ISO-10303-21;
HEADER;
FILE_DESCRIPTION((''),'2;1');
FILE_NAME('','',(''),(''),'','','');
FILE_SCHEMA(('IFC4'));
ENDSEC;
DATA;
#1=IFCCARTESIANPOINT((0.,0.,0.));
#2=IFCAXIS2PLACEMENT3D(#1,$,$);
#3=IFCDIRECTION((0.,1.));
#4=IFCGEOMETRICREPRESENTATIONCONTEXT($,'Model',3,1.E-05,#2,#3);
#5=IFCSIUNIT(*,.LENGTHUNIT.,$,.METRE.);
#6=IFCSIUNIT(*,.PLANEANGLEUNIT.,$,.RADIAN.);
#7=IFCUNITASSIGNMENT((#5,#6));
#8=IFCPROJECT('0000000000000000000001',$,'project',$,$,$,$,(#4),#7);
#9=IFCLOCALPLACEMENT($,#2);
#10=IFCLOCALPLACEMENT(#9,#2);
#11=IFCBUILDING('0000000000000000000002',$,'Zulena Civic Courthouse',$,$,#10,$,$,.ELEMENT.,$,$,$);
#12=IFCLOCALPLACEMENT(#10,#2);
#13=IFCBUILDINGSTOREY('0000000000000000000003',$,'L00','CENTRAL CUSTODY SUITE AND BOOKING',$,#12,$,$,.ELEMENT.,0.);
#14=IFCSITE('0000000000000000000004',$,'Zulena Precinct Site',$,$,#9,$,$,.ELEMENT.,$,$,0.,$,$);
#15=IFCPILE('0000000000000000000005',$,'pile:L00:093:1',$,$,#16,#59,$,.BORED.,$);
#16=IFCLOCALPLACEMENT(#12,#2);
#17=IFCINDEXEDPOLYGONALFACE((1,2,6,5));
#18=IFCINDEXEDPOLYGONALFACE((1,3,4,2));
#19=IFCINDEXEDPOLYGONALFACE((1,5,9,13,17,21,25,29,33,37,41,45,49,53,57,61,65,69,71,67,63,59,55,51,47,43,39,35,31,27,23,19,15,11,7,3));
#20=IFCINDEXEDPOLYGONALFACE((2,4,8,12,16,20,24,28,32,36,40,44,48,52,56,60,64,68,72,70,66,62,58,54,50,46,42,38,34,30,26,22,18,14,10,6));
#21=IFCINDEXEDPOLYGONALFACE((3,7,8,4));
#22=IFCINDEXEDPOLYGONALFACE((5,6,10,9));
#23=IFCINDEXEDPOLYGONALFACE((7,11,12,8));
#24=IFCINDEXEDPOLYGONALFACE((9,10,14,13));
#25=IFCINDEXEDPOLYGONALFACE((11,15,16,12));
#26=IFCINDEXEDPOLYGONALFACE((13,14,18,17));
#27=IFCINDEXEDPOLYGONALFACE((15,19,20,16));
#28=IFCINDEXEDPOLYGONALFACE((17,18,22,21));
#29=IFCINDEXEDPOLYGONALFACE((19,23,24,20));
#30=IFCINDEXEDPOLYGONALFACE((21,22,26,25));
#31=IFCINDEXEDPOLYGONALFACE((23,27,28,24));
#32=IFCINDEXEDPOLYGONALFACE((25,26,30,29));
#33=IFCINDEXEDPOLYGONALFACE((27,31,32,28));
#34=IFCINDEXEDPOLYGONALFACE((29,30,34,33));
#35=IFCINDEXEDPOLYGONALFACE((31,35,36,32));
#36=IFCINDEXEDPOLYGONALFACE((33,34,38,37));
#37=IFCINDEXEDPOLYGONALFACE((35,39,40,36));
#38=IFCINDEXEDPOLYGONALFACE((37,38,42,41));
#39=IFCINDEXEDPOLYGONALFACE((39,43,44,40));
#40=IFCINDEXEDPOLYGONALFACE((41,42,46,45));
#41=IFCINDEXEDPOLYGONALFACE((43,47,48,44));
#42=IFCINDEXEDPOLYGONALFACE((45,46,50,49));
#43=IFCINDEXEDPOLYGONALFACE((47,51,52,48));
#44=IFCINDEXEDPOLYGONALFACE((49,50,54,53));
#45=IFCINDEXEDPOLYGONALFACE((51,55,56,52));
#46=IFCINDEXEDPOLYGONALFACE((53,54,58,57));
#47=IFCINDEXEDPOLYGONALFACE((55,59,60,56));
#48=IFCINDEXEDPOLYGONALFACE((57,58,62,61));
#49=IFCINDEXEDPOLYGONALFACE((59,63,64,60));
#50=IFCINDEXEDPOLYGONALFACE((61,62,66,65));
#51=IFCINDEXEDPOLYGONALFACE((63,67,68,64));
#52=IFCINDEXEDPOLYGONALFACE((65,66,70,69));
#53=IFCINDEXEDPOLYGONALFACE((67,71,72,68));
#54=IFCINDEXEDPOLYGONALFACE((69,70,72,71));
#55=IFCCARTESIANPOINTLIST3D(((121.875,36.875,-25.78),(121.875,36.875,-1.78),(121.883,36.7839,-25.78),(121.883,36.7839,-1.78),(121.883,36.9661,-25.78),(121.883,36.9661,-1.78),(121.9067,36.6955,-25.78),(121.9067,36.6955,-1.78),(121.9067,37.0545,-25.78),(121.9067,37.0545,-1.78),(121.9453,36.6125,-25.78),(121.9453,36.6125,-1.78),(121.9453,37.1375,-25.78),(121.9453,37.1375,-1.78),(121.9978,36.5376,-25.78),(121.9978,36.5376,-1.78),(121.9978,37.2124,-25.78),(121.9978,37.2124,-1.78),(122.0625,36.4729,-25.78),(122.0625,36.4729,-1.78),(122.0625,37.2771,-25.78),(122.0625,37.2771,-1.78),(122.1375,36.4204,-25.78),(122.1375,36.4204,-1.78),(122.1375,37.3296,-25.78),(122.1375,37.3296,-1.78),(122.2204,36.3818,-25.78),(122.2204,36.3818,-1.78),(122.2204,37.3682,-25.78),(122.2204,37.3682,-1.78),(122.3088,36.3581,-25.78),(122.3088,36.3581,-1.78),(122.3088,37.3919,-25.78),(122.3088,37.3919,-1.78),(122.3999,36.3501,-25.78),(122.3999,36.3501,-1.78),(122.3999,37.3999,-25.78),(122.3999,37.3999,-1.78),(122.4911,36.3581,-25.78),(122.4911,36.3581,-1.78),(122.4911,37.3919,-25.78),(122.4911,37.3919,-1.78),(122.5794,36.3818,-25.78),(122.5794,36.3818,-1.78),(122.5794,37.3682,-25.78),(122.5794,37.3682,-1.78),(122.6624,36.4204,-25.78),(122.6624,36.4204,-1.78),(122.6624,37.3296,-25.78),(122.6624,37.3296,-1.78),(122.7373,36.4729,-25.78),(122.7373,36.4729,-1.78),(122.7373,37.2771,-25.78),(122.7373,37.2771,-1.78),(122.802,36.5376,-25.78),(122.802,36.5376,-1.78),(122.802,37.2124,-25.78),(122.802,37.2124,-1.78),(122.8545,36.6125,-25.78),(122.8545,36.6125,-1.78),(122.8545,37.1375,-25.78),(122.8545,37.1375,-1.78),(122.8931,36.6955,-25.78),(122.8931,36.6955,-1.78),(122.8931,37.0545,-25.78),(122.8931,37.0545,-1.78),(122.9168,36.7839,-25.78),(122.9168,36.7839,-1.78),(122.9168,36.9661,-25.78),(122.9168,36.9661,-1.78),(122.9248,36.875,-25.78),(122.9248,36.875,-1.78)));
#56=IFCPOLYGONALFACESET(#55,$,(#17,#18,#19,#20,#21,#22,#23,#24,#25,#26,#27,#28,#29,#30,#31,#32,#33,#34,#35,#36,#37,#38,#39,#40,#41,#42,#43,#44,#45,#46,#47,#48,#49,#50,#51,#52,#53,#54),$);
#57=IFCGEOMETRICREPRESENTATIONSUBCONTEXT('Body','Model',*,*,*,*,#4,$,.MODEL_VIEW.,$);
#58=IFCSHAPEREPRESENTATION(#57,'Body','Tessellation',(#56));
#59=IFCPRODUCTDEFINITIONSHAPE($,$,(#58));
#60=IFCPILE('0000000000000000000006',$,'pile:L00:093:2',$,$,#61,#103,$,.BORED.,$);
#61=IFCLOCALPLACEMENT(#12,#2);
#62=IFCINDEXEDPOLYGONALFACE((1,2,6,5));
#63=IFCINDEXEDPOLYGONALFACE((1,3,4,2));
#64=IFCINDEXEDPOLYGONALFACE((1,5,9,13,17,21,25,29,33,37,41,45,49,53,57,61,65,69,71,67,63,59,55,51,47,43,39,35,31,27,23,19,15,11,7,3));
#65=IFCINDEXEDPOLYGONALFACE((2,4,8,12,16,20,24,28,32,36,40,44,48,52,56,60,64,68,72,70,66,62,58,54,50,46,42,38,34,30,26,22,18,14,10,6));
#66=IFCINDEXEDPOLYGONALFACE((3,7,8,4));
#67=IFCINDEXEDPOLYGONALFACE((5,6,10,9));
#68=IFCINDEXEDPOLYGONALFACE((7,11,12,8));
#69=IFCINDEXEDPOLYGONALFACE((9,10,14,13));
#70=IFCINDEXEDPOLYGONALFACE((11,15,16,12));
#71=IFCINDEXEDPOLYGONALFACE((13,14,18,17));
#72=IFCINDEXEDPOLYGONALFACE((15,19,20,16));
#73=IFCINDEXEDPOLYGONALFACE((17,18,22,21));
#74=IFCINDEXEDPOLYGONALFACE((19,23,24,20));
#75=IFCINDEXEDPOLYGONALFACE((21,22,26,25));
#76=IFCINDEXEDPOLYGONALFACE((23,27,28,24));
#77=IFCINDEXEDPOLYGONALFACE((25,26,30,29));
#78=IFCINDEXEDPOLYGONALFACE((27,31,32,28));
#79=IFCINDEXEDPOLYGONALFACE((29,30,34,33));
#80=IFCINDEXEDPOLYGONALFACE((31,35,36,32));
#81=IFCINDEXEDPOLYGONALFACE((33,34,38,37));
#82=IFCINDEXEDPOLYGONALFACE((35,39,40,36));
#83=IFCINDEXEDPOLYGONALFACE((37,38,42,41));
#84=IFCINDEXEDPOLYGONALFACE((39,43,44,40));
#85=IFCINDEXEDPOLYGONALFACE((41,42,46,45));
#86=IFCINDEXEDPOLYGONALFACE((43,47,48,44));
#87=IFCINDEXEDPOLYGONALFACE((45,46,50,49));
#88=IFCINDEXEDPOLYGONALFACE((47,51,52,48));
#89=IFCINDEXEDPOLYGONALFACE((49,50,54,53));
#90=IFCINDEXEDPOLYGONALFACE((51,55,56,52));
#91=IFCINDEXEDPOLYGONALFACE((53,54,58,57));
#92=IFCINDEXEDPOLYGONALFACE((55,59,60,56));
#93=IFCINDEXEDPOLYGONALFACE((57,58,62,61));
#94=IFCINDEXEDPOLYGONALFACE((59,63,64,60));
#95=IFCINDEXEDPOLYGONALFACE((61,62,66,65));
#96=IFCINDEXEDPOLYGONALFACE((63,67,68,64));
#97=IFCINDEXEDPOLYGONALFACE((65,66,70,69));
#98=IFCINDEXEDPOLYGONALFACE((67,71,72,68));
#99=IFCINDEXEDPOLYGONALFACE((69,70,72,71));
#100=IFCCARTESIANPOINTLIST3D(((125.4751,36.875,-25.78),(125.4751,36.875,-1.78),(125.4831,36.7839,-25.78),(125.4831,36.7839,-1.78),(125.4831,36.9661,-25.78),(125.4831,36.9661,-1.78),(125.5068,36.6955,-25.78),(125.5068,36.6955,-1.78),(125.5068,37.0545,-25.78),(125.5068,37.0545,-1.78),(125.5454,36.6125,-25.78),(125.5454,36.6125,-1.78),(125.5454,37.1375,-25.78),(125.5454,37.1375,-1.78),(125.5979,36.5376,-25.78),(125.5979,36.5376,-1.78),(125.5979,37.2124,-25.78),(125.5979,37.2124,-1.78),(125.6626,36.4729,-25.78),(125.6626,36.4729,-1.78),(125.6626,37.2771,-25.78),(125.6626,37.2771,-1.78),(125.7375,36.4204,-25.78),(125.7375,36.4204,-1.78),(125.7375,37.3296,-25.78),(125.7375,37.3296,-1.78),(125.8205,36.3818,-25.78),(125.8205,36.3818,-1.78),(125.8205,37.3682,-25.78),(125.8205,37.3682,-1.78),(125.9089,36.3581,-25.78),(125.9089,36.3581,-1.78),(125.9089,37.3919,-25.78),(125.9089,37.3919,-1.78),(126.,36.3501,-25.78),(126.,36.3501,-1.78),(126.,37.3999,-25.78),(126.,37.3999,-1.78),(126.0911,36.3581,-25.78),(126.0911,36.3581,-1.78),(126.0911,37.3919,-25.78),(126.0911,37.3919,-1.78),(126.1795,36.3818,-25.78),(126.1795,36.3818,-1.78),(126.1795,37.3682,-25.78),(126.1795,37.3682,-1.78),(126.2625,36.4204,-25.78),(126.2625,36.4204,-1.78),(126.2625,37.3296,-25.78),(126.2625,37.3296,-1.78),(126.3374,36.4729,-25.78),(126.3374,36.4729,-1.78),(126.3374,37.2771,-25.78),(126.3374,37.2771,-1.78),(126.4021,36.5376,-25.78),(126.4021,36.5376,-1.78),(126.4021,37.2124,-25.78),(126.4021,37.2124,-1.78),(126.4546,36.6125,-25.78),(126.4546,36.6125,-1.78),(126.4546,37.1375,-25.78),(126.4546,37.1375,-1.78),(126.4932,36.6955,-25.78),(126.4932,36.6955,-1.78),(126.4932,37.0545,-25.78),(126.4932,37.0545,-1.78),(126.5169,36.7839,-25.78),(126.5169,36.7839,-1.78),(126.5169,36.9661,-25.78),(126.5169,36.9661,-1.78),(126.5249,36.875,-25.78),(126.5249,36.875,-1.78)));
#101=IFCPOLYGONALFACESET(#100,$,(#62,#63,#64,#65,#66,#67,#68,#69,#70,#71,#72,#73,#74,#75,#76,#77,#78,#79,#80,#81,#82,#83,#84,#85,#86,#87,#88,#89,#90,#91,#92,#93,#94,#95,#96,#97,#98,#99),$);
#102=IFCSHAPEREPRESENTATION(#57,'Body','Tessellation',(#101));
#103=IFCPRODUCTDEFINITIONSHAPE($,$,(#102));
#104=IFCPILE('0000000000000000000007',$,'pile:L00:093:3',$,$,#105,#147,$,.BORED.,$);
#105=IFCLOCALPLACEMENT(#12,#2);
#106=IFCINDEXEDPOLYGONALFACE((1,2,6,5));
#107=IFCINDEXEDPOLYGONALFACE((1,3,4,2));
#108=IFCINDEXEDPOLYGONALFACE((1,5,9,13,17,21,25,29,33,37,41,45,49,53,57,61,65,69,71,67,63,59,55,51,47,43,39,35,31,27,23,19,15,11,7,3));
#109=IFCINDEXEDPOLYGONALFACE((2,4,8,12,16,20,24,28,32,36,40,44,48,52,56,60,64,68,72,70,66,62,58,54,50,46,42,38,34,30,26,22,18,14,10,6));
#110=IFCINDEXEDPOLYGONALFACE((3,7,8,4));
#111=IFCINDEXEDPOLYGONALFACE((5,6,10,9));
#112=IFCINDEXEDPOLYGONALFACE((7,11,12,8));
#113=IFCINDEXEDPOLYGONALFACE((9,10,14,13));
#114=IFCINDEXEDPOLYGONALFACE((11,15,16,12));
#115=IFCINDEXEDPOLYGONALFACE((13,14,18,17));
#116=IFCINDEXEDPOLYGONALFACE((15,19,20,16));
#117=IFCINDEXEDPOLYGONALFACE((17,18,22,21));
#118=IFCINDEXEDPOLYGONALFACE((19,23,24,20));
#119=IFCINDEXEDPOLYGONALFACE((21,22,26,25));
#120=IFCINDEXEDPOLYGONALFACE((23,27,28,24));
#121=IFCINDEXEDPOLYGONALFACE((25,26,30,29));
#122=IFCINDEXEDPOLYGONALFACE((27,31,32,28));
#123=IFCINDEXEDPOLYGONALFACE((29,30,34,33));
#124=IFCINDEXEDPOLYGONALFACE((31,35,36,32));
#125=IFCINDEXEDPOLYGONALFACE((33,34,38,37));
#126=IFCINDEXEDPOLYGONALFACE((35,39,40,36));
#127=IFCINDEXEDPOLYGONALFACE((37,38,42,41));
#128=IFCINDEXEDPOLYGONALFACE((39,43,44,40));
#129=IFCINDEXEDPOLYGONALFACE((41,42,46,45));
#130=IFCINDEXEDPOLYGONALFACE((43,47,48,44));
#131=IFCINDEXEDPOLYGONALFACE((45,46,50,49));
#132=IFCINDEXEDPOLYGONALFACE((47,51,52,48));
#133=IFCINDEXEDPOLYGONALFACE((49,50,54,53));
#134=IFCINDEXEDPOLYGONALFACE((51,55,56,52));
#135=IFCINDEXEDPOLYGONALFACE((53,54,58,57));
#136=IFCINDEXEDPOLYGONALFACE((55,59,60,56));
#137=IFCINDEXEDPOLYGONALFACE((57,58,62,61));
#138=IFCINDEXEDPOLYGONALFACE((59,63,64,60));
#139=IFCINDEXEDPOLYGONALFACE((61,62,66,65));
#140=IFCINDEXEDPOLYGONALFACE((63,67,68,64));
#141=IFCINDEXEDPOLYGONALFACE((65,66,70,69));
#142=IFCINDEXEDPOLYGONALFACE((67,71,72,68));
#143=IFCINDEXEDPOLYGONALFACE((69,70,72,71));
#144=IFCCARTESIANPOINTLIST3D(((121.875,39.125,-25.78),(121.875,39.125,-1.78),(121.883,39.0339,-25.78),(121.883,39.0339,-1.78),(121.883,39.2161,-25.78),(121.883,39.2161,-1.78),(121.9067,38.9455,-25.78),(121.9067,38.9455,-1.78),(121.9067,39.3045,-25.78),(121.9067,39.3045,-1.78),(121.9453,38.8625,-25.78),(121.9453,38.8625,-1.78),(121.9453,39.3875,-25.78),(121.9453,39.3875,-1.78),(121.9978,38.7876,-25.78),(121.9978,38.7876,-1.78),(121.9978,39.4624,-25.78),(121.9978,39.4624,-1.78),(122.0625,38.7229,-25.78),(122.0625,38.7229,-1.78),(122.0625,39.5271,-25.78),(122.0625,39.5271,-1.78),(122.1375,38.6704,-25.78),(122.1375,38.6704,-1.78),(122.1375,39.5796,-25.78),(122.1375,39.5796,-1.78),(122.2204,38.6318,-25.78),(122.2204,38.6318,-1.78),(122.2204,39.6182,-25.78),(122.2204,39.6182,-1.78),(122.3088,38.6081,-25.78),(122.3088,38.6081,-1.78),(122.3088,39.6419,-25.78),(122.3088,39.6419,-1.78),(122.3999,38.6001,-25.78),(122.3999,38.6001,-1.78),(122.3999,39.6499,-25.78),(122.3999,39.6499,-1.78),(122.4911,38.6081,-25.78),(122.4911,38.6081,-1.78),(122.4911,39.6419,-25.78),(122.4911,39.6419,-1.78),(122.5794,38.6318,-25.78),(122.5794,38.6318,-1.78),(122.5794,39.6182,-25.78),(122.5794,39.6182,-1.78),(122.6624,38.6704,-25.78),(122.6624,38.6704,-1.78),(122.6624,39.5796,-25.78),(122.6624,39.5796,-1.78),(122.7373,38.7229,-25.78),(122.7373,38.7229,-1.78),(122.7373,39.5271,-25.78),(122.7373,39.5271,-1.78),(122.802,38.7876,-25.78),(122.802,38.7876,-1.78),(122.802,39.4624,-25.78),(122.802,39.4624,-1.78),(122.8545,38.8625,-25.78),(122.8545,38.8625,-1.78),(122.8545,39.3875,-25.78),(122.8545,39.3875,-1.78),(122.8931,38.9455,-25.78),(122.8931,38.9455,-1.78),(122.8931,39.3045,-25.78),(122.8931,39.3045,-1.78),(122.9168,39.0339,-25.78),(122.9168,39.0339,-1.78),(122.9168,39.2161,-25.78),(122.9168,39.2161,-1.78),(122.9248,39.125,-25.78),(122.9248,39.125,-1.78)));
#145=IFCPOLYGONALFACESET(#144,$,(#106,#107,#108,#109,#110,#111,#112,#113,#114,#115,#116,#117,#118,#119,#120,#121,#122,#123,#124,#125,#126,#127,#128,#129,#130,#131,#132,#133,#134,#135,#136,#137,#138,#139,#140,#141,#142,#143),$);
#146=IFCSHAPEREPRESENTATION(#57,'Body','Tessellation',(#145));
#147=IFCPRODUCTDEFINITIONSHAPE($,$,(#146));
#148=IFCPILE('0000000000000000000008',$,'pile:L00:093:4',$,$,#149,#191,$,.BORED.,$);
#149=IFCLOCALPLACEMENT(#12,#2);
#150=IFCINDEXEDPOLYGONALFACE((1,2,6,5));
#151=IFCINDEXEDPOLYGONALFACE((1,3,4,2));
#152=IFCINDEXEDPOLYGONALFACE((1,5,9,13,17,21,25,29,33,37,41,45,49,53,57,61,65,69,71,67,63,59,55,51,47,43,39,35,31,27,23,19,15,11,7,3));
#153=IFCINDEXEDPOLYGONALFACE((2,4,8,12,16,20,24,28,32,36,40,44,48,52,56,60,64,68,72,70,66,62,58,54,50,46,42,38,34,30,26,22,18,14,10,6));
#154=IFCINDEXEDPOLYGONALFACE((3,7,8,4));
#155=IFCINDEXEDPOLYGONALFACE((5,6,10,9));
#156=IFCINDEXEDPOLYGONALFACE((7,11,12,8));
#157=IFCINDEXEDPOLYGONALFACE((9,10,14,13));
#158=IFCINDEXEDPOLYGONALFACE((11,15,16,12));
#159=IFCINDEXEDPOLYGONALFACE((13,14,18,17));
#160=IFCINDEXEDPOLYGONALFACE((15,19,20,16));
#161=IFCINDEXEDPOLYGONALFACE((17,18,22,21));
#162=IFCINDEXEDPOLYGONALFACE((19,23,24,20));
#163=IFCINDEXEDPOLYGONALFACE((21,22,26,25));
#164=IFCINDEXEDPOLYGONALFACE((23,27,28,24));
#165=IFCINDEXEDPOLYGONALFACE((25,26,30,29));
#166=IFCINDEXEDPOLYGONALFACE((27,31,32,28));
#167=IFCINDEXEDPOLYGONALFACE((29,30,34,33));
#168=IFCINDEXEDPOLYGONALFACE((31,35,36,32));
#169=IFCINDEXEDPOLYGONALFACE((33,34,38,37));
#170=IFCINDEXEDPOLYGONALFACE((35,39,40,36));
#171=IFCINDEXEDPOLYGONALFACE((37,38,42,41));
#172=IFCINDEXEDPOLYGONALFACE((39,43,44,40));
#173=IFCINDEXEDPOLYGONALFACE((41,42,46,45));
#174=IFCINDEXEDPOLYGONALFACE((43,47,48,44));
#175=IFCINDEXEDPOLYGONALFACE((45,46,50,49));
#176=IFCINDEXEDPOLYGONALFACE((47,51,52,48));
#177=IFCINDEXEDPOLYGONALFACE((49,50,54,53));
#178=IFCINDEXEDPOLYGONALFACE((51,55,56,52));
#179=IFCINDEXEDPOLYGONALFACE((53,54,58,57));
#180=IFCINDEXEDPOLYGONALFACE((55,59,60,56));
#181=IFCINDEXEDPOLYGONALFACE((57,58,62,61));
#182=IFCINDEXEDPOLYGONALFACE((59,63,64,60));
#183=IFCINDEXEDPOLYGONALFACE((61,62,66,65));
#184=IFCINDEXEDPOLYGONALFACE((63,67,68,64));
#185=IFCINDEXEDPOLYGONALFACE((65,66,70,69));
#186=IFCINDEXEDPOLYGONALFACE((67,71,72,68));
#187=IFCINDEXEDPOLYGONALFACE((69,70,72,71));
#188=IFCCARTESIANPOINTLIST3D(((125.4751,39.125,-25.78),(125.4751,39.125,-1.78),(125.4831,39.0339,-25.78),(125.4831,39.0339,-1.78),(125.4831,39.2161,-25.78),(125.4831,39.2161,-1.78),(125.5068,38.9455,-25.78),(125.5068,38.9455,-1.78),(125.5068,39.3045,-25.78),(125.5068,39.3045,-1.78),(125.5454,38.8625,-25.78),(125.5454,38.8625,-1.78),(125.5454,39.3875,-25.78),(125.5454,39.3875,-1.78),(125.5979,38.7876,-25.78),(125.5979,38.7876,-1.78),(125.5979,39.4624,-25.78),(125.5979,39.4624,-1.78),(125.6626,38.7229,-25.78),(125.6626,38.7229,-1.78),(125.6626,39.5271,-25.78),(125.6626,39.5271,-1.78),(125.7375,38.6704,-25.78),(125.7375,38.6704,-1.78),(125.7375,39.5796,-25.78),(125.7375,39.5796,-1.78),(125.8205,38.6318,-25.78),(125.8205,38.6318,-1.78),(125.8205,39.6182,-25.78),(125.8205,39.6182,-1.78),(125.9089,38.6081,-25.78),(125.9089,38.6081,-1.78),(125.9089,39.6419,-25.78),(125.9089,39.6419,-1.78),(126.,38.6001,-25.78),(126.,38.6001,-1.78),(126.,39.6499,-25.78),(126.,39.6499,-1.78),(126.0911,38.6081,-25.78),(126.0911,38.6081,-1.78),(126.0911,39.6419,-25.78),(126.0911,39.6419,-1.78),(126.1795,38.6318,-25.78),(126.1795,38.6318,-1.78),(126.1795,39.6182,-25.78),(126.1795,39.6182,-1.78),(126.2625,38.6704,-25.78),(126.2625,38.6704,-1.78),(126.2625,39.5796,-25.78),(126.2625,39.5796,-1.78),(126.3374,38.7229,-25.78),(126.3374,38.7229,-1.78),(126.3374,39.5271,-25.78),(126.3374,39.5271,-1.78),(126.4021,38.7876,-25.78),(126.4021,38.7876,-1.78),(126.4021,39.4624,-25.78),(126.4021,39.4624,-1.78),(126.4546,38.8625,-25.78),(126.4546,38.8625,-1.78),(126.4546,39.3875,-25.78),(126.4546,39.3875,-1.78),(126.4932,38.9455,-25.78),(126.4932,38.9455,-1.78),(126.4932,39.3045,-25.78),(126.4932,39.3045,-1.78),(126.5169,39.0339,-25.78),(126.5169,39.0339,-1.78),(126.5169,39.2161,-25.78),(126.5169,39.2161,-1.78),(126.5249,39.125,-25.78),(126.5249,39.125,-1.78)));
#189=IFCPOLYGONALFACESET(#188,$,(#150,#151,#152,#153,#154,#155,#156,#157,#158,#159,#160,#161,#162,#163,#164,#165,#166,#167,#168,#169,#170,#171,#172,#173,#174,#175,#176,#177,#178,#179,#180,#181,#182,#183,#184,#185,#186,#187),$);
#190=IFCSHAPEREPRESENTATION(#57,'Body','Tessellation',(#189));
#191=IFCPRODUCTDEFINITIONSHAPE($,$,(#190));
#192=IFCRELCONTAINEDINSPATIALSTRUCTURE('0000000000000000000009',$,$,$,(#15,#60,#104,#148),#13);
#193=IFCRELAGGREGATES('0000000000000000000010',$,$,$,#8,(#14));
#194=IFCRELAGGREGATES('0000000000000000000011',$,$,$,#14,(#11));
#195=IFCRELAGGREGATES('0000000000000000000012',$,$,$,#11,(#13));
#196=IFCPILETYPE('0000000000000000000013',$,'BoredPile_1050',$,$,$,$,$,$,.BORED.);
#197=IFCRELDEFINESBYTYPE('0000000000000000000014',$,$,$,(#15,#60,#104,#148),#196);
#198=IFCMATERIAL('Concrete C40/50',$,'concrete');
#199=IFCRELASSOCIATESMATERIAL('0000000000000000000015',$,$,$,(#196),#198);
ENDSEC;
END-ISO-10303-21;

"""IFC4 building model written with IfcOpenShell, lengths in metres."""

from ifc_helpers import new_model, si_unit, direction, frame, origin, origin_2d, place, context, subcontext, project, spatial, circle, extrude, material, material_profile, profile_set, type_object, element, save


model = new_model("IFC4")

# Units and contexts
model_context = context("Model", 3, precision=1e-05, world=origin(), true_north=direction((0.0, 1.0)))
body_context = subcontext(model_context, "Body", "Model", "MODEL_VIEW")
ifc_project = project(units=[si_unit("LENGTHUNIT", "METRE"), si_unit("PLANEANGLEUNIT", "RADIAN")], contexts=[model_context])

# Site, building, storey
site_placement = place(None, origin())
site = spatial("IfcSite", under=ifc_project, at=site_placement, Name="Zulena Precinct Site", CompositionType="ELEMENT", RefElevation=0.0)
building_placement = place(site_placement, origin())
building = spatial("IfcBuilding", under=site, at=building_placement, Name="Zulena Civic Courthouse", CompositionType="ELEMENT")
storey_placement = place(building_placement, origin())
storey = spatial("IfcBuildingStorey", under=building, at=storey_placement, Name="L00", Description="CENTRAL CUSTODY SUITE AND BOOKING", CompositionType="ELEMENT", Elevation=0.0)

# Piles
ifc_material_1 = material(Name="Concrete C40/50", Category="concrete")
ifc_material_profile_1 = material_profile(ifc_material_1, circle(Radius=0.5249, at=origin_2d()), Name="PILE1050")
ifc_profile_set_1 = profile_set([ifc_material_profile_1], Name="Concrete C40/50")
pile_type_1 = type_object("IfcPileType", Name="BoredPile_1050", PredefinedType="BORED", material=ifc_profile_set_1)
for number, where, z_axis, x_axis, name in (
    (1, (122.3999, 36.875, -1.78), (0.0, 0.0, -1.0), (1.0, 0.0, 0.0), "pile:L00:093:1"),
    (2, (126.0, 36.875, -1.78), (0.0, 0.0, -1.0), (1.0, 0.0, 0.0), "pile:L00:093:2"),
    (3, (122.3999, 39.125, -1.78), (0.0, 0.0, -1.0), (1.0, 0.0, 0.0), "pile:L00:093:3"),
    (4, (126.0, 39.125, -1.78), (0.0, 0.0, -1.0), (1.0, 0.0, 0.0), "pile:L00:093:4"),
):
    element("IfcPile", number, at=place(storey_placement, frame(where, z_axis=z_axis, x_axis=x_axis)), inside=storey, type_object=pile_type_1, Name=name, PredefinedType="BORED", context=body_context, shape_type="SweptSolid", body=[
        extrude(circle(Radius=0.5249, at=origin_2d()), origin(), (0.0, 0.0, 1.0), 24.0),
    ])

save(model, "model.ifc")
